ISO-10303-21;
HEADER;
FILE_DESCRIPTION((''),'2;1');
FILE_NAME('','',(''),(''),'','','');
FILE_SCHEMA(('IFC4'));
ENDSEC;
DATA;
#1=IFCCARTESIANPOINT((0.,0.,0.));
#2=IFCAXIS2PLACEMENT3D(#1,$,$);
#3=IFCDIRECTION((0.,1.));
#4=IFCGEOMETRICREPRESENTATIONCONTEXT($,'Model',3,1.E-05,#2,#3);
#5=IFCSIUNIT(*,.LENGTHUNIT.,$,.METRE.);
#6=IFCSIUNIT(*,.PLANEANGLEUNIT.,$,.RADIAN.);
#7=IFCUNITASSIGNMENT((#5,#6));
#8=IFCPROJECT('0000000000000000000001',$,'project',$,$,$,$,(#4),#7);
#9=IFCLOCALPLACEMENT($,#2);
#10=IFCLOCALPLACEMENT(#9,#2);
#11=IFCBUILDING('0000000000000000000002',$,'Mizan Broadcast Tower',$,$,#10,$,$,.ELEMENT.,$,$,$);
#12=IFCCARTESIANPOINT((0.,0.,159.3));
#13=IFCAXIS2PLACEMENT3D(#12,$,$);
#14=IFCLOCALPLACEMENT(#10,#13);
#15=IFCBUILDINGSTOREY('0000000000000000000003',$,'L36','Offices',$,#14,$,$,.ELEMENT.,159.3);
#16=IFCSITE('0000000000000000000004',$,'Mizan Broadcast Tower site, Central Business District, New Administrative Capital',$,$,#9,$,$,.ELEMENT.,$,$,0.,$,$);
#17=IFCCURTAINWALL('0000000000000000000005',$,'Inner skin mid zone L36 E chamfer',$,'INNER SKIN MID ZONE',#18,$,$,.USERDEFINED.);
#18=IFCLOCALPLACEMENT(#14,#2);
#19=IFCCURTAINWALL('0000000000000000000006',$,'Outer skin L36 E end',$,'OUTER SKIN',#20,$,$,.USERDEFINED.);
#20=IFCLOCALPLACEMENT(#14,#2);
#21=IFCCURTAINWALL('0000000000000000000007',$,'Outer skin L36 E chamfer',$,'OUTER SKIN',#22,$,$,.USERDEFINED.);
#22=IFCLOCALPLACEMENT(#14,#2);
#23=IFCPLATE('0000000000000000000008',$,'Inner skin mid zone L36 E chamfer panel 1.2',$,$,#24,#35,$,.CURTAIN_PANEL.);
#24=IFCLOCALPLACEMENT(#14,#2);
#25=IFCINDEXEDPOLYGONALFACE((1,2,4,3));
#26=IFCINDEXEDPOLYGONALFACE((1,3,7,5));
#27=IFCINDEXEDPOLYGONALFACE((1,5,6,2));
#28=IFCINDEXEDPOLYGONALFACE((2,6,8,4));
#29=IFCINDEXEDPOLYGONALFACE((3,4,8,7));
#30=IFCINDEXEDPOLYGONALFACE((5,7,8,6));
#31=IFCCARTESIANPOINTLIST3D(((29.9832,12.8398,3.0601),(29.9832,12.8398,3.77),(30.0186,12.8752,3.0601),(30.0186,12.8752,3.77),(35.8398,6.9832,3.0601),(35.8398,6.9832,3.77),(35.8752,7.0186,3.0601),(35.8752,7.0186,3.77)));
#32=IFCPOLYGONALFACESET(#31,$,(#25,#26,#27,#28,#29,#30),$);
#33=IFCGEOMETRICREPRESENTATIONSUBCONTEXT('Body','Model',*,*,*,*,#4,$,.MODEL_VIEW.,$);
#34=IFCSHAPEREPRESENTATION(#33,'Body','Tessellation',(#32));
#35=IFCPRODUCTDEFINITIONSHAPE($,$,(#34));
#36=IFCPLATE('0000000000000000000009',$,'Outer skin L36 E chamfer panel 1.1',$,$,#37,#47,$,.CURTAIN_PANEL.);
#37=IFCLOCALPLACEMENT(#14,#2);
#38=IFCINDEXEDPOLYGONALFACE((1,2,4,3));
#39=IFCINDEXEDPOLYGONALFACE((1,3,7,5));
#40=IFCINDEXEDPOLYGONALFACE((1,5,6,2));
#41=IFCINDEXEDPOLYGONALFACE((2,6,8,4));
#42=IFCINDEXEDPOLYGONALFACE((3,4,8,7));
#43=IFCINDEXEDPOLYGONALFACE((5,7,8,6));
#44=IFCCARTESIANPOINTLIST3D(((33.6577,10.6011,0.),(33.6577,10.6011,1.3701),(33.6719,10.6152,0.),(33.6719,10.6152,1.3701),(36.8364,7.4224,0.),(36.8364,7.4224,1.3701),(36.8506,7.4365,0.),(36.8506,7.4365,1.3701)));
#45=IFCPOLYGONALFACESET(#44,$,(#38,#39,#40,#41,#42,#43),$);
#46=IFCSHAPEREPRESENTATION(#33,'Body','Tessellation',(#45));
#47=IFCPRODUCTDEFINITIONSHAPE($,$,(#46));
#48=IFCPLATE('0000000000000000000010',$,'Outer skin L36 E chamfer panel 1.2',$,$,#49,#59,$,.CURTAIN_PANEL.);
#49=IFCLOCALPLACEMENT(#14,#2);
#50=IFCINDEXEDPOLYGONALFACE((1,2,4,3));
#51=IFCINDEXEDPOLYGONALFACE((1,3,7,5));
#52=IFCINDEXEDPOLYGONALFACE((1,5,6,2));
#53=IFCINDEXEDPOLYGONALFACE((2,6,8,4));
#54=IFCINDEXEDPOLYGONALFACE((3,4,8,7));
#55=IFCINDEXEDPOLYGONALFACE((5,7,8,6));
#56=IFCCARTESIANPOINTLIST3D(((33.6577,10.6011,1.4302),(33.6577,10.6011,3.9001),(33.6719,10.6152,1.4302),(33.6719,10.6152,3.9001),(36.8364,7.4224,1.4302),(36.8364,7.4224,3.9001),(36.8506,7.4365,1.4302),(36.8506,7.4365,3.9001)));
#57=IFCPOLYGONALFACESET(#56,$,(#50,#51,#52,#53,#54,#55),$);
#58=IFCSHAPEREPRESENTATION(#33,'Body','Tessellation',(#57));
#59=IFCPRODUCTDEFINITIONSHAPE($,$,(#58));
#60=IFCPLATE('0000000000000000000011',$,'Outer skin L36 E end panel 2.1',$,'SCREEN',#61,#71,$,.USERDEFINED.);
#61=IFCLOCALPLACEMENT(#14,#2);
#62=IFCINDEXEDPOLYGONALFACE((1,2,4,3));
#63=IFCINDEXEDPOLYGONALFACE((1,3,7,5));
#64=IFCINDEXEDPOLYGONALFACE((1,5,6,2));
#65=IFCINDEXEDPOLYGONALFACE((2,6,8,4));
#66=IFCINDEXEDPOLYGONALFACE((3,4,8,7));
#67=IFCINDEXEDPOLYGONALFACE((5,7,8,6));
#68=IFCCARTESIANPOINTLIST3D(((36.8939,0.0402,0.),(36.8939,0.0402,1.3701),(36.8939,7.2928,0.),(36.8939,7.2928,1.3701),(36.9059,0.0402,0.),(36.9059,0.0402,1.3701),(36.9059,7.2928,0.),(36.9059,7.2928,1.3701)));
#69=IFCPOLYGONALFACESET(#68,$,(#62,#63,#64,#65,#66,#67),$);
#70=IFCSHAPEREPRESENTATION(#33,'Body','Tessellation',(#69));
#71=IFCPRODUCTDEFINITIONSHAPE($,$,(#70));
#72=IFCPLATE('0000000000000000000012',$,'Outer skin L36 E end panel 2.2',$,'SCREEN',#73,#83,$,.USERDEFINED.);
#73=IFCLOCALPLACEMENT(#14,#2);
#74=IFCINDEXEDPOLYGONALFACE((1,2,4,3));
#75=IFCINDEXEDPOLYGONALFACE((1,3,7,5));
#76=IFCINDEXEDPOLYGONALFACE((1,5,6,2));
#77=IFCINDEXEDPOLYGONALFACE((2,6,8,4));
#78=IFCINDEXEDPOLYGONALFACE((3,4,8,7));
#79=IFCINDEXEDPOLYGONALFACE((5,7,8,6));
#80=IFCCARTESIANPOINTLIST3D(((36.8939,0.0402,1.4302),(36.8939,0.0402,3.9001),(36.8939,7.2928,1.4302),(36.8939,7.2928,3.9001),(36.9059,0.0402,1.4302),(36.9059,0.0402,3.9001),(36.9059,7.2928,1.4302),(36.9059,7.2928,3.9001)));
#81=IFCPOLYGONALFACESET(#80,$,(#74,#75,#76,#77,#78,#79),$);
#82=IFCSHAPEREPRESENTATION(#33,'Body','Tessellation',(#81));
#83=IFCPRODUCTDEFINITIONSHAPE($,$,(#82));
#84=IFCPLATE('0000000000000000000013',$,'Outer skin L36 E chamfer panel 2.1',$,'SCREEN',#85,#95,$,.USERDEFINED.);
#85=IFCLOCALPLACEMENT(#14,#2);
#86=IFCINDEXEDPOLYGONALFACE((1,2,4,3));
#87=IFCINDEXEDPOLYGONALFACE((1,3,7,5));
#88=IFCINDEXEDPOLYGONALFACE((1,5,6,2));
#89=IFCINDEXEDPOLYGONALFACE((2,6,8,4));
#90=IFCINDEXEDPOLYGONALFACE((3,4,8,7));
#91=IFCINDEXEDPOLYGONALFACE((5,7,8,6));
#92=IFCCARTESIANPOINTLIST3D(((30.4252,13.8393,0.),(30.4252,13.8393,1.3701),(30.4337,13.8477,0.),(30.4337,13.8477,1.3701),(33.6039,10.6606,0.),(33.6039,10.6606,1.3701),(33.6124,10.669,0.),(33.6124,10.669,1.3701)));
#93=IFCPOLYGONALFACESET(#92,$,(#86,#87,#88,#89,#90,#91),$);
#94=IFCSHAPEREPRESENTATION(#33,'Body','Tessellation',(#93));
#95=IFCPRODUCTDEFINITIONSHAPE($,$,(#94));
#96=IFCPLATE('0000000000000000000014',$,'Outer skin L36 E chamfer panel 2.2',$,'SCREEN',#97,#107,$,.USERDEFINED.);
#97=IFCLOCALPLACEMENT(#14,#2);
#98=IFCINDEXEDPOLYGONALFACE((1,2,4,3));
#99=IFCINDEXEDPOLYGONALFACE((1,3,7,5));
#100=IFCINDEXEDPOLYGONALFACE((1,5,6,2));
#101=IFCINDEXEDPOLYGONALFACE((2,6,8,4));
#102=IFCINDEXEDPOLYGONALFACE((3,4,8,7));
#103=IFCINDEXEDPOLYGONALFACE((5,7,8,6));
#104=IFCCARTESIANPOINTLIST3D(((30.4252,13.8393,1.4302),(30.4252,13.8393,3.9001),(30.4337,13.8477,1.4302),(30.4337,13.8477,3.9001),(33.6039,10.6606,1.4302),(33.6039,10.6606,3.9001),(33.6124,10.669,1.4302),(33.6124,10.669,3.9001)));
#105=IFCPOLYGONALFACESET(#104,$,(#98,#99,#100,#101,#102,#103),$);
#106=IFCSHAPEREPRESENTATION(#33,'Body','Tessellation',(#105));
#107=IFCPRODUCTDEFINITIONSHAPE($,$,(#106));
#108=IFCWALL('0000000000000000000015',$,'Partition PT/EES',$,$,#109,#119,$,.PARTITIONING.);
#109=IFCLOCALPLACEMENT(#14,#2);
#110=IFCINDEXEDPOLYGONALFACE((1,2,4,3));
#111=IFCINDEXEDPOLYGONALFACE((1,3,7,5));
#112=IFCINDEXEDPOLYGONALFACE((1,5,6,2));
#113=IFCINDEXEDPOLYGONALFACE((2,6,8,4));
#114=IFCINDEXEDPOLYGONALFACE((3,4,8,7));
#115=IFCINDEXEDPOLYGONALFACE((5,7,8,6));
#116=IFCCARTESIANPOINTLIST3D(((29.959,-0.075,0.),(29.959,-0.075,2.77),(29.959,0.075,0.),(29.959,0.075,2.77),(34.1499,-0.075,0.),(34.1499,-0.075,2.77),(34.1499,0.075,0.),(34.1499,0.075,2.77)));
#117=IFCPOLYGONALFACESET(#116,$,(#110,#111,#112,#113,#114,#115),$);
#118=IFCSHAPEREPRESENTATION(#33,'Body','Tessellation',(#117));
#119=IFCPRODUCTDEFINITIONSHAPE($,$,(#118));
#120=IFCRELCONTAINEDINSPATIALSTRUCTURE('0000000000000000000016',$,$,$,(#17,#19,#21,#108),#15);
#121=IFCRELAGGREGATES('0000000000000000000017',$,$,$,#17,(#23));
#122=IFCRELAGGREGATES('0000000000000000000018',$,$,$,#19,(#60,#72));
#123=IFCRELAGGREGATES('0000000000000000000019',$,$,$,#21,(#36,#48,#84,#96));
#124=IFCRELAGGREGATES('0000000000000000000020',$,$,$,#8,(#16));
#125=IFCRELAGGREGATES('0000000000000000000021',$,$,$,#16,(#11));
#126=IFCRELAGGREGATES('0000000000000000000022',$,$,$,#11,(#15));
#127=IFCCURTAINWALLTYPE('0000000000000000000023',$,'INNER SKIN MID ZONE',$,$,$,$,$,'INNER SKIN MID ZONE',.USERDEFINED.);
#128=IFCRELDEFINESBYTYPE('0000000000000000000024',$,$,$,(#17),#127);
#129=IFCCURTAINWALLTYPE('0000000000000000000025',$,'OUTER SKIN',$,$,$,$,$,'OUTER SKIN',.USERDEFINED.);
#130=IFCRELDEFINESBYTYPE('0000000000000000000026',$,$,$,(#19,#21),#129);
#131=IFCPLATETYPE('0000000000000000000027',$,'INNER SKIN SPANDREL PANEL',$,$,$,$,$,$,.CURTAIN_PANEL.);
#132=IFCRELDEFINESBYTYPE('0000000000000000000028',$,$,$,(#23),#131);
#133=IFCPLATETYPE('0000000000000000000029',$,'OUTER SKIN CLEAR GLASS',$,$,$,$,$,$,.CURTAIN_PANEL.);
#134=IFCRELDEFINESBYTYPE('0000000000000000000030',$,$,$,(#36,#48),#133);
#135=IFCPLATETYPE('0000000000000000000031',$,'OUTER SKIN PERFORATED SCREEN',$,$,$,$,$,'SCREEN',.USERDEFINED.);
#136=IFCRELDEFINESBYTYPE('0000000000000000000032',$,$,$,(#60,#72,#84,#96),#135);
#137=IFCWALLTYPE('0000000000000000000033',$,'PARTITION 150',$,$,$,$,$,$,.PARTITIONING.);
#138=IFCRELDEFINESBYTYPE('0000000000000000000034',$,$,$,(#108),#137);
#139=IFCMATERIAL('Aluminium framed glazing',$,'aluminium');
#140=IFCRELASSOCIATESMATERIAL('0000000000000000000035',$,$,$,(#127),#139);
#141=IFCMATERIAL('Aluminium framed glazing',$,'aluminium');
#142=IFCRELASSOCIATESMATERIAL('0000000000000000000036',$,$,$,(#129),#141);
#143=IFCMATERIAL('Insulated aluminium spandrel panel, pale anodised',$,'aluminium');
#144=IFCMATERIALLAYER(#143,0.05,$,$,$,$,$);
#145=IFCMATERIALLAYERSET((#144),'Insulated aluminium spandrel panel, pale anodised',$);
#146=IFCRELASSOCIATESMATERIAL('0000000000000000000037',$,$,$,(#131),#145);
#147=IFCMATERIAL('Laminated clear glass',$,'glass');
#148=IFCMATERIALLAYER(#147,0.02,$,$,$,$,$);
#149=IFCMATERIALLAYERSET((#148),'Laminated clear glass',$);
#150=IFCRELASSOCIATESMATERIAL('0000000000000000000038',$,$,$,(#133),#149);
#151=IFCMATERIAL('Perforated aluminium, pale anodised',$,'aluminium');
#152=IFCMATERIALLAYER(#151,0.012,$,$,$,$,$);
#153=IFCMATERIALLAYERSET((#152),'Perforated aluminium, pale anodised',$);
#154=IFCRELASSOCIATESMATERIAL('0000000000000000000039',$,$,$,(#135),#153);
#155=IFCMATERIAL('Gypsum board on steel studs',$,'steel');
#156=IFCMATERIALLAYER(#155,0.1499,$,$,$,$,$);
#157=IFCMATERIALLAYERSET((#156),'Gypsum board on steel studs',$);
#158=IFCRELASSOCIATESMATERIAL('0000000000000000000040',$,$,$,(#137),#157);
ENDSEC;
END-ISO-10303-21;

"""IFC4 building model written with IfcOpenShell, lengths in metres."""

from ifc_helpers import new_model, si_unit, direction, frame, frame_2d, origin, origin_2d, place, context, subcontext, project, spatial, rectangle, extrude, material, layer, layer_set, type_object, element, aggregate, save


model = new_model("IFC4")

# Units and contexts
model_context = context("Model", 3, precision=1e-05, world=origin(), true_north=direction((0.0, 1.0)))
body_context = subcontext(model_context, "Body", "Model", "MODEL_VIEW")
ifc_project = project(units=[si_unit("LENGTHUNIT", "METRE"), si_unit("PLANEANGLEUNIT", "RADIAN")], contexts=[model_context])

# Site, building, storey
site_placement = place(None, origin())
site = spatial("IfcSite", under=ifc_project, at=site_placement, Name="Mizan Broadcast Tower site, Central Business District, New Administrative Capital", CompositionType="ELEMENT", RefElevation=0.0)
building_placement = place(site_placement, origin())
building = spatial("IfcBuilding", under=site, at=building_placement, Name="Mizan Broadcast Tower", CompositionType="ELEMENT")
storey_placement = place(building_placement, frame((0.0, 0.0, 159.3)))
storey = spatial("IfcBuildingStorey", under=building, at=storey_placement, Name="L36", Description="Offices", CompositionType="ELEMENT", Elevation=159.3)

# Shared definitions
ifc_material_1 = material(Name="Aluminium framed glazing", Category="aluminium")
curtain_wall_type_1 = type_object("IfcCurtainWallType", Name="INNER SKIN MID ZONE", ElementType="INNER SKIN MID ZONE", PredefinedType="USERDEFINED", material=ifc_material_1)

# Curtain wall
curtain_wall_1_placement = place(storey_placement, origin())
curtain_wall_1 = element("IfcCurtainWall", 1, at=curtain_wall_1_placement, inside=storey, type_object=curtain_wall_type_1, Name="Inner skin mid zone L36 E chamfer", ObjectType="INNER SKIN MID ZONE", PredefinedType="USERDEFINED")

# Curtain walls
ifc_material_2 = material(Name="Aluminium framed glazing", Category="aluminium")
curtain_wall_type_2 = type_object("IfcCurtainWallType", Name="OUTER SKIN", ElementType="OUTER SKIN", PredefinedType="USERDEFINED", material=ifc_material_2)
curtain_wall_2_placement = place(storey_placement, origin())
curtain_wall_2 = element("IfcCurtainWall", 2, at=curtain_wall_2_placement, inside=storey, type_object=curtain_wall_type_2, Name="Outer skin L36 E end", ObjectType="OUTER SKIN", PredefinedType="USERDEFINED")
curtain_wall_3_placement = place(storey_placement, origin())
curtain_wall_3 = element("IfcCurtainWall", 3, at=curtain_wall_3_placement, inside=storey, type_object=curtain_wall_type_2, Name="Outer skin L36 E chamfer", ObjectType="OUTER SKIN", PredefinedType="USERDEFINED")

# Plates
ifc_material_3 = material(Name="Insulated aluminium spandrel panel, pale anodised", Category="aluminium")
ifc_layer_1 = layer(ifc_material_3, 0.05)
ifc_layer_set_1 = layer_set([ifc_layer_1], Name="Insulated aluminium spandrel panel, pale anodised")
plate_type_1 = type_object("IfcPlateType", Name="INNER SKIN SPANDREL PANEL", PredefinedType="CURTAIN_PANEL", material=ifc_layer_set_1)
plate_1_placement = place(storey_placement, frame((32.9292, 9.9292, 3.0601), z_axis=(0.0, 0.0, 1.0), x_axis=(-0.707107, 0.707107, 0.0)))
plate_1 = element("IfcPlate", 4, at=plate_1_placement, type_object=plate_type_1, Name="Inner skin mid zone L36 E chamfer panel 1.2", PredefinedType="CURTAIN_PANEL", context=body_context, shape_type="SweptSolid", body=[
    extrude(rectangle(XDim=8.2825, YDim=0.05, at=origin_2d()), origin(), (0.0, 0.0, 1.0), 0.71),
])
aggregate(curtain_wall_1, [plate_1])
ifc_material_4 = material(Name="Laminated clear glass", Category="glass")
ifc_layer_2 = layer(ifc_material_4, 0.02)
ifc_layer_set_2 = layer_set([ifc_layer_2], Name="Laminated clear glass")
plate_type_2 = type_object("IfcPlateType", Name="OUTER SKIN CLEAR GLASS", PredefinedType="CURTAIN_PANEL", material=ifc_layer_set_2)
plate_2_placement = place(storey_placement, frame((35.2542, 9.0188, 0.0), z_axis=(0.0, 0.0, 1.0), x_axis=(-0.707107, 0.707107, 0.0)))
plate_2 = element("IfcPlate", 5, at=plate_2_placement, type_object=plate_type_2, Name="Outer skin L36 E chamfer panel 1.1", PredefinedType="CURTAIN_PANEL", context=body_context, shape_type="SweptSolid", body=[
    extrude(rectangle(XDim=4.4954, YDim=0.02, at=origin_2d()), origin(), (0.0, 0.0, 1.0), 1.3701),
])
plate_3_placement = place(storey_placement, frame((35.2542, 9.0188, 1.4302), z_axis=(0.0, 0.0, 1.0), x_axis=(-0.707107, 0.707107, 0.0)))
plate_3 = element("IfcPlate", 6, at=plate_3_placement, type_object=plate_type_2, Name="Outer skin L36 E chamfer panel 1.2", PredefinedType="CURTAIN_PANEL", context=body_context, shape_type="SweptSolid", body=[
    extrude(rectangle(XDim=4.4954, YDim=0.02, at=origin_2d()), origin(), (0.0, 0.0, 1.0), 2.47),
])
ifc_material_5 = material(Name="Perforated aluminium, pale anodised", Category="aluminium")
ifc_layer_3 = layer(ifc_material_5, 0.012)
ifc_layer_set_3 = layer_set([ifc_layer_3], Name="Perforated aluminium, pale anodised")
plate_type_3 = type_object("IfcPlateType", Name="OUTER SKIN PERFORATED SCREEN", ElementType="SCREEN", PredefinedType="USERDEFINED", material=ifc_layer_set_3)
plate_4_placement = place(storey_placement, frame((36.8999, 3.6665, 0.0), z_axis=(0.0, 0.0, 1.0), x_axis=(0.0, 1.0, 0.0)))
plate_4 = element("IfcPlate", 7, at=plate_4_placement, type_object=plate_type_3, Name="Outer skin L36 E end panel 2.1", ObjectType="SCREEN", PredefinedType="USERDEFINED", context=body_context, shape_type="SweptSolid", body=[
    extrude(rectangle(XDim=7.2527, YDim=0.012, at=origin_2d()), origin(), (0.0, 0.0, 1.0), 1.3701),
])
plate_5_placement = place(storey_placement, frame((36.8999, 3.6665, 1.4302), z_axis=(0.0, 0.0, 1.0), x_axis=(0.0, 1.0, 0.0)))
plate_5 = element("IfcPlate", 8, at=plate_5_placement, type_object=plate_type_3, Name="Outer skin L36 E end panel 2.2", ObjectType="SCREEN", PredefinedType="USERDEFINED", context=body_context, shape_type="SweptSolid", body=[
    extrude(rectangle(XDim=7.2527, YDim=0.012, at=origin_2d()), origin(), (0.0, 0.0, 1.0), 2.47),
])
aggregate(curtain_wall_2, [plate_4, plate_5])
plate_6_placement = place(storey_placement, frame((32.0188, 12.2542, 0.0), z_axis=(0.0, 0.0, 1.0), x_axis=(-0.707107, 0.707107, 0.0)))
plate_6 = element("IfcPlate", 9, at=plate_6_placement, type_object=plate_type_3, Name="Outer skin L36 E chamfer panel 2.1", ObjectType="SCREEN", PredefinedType="USERDEFINED", context=body_context, shape_type="SweptSolid", body=[
    extrude(rectangle(XDim=4.4954, YDim=0.012, at=origin_2d()), origin(), (0.0, 0.0, 1.0), 1.3701),
])
plate_7_placement = place(storey_placement, frame((32.0188, 12.2542, 1.4302), z_axis=(0.0, 0.0, 1.0), x_axis=(-0.707107, 0.707107, 0.0)))
plate_7 = element("IfcPlate", 10, at=plate_7_placement, type_object=plate_type_3, Name="Outer skin L36 E chamfer panel 2.2", ObjectType="SCREEN", PredefinedType="USERDEFINED", context=body_context, shape_type="SweptSolid", body=[
    extrude(rectangle(XDim=4.4954, YDim=0.012, at=origin_2d()), origin(), (0.0, 0.0, 1.0), 2.47),
])
aggregate(curtain_wall_3, [plate_2, plate_3, plate_6, plate_7])

# Wall
ifc_material_6 = material(Name="Gypsum board on steel studs", Category="steel")
ifc_layer_4 = layer(ifc_material_6, 0.1499)
ifc_layer_set_4 = layer_set([ifc_layer_4], Name="Gypsum board on steel studs")
wall_type = type_object("IfcWallType", Name="PARTITION 150", PredefinedType="PARTITIONING", material=ifc_layer_set_4)
wall_placement = place(storey_placement, frame((29.959, 0.0, 0.0), z_axis=(0.0, 0.0, 1.0), x_axis=(1.0, 0.0, 0.0)))
element("IfcWall", 11, at=wall_placement, inside=storey, type_object=wall_type, Name="Partition PT/EES", PredefinedType="PARTITIONING", context=body_context, shape_type="SweptSolid", body=[
    extrude(rectangle(XDim=4.1909, YDim=0.1499, at=frame_2d((2.0955, 0.0))), origin(), (0.0, 0.0, 1.0), 2.77),
])

save(model, "model.ifc")
